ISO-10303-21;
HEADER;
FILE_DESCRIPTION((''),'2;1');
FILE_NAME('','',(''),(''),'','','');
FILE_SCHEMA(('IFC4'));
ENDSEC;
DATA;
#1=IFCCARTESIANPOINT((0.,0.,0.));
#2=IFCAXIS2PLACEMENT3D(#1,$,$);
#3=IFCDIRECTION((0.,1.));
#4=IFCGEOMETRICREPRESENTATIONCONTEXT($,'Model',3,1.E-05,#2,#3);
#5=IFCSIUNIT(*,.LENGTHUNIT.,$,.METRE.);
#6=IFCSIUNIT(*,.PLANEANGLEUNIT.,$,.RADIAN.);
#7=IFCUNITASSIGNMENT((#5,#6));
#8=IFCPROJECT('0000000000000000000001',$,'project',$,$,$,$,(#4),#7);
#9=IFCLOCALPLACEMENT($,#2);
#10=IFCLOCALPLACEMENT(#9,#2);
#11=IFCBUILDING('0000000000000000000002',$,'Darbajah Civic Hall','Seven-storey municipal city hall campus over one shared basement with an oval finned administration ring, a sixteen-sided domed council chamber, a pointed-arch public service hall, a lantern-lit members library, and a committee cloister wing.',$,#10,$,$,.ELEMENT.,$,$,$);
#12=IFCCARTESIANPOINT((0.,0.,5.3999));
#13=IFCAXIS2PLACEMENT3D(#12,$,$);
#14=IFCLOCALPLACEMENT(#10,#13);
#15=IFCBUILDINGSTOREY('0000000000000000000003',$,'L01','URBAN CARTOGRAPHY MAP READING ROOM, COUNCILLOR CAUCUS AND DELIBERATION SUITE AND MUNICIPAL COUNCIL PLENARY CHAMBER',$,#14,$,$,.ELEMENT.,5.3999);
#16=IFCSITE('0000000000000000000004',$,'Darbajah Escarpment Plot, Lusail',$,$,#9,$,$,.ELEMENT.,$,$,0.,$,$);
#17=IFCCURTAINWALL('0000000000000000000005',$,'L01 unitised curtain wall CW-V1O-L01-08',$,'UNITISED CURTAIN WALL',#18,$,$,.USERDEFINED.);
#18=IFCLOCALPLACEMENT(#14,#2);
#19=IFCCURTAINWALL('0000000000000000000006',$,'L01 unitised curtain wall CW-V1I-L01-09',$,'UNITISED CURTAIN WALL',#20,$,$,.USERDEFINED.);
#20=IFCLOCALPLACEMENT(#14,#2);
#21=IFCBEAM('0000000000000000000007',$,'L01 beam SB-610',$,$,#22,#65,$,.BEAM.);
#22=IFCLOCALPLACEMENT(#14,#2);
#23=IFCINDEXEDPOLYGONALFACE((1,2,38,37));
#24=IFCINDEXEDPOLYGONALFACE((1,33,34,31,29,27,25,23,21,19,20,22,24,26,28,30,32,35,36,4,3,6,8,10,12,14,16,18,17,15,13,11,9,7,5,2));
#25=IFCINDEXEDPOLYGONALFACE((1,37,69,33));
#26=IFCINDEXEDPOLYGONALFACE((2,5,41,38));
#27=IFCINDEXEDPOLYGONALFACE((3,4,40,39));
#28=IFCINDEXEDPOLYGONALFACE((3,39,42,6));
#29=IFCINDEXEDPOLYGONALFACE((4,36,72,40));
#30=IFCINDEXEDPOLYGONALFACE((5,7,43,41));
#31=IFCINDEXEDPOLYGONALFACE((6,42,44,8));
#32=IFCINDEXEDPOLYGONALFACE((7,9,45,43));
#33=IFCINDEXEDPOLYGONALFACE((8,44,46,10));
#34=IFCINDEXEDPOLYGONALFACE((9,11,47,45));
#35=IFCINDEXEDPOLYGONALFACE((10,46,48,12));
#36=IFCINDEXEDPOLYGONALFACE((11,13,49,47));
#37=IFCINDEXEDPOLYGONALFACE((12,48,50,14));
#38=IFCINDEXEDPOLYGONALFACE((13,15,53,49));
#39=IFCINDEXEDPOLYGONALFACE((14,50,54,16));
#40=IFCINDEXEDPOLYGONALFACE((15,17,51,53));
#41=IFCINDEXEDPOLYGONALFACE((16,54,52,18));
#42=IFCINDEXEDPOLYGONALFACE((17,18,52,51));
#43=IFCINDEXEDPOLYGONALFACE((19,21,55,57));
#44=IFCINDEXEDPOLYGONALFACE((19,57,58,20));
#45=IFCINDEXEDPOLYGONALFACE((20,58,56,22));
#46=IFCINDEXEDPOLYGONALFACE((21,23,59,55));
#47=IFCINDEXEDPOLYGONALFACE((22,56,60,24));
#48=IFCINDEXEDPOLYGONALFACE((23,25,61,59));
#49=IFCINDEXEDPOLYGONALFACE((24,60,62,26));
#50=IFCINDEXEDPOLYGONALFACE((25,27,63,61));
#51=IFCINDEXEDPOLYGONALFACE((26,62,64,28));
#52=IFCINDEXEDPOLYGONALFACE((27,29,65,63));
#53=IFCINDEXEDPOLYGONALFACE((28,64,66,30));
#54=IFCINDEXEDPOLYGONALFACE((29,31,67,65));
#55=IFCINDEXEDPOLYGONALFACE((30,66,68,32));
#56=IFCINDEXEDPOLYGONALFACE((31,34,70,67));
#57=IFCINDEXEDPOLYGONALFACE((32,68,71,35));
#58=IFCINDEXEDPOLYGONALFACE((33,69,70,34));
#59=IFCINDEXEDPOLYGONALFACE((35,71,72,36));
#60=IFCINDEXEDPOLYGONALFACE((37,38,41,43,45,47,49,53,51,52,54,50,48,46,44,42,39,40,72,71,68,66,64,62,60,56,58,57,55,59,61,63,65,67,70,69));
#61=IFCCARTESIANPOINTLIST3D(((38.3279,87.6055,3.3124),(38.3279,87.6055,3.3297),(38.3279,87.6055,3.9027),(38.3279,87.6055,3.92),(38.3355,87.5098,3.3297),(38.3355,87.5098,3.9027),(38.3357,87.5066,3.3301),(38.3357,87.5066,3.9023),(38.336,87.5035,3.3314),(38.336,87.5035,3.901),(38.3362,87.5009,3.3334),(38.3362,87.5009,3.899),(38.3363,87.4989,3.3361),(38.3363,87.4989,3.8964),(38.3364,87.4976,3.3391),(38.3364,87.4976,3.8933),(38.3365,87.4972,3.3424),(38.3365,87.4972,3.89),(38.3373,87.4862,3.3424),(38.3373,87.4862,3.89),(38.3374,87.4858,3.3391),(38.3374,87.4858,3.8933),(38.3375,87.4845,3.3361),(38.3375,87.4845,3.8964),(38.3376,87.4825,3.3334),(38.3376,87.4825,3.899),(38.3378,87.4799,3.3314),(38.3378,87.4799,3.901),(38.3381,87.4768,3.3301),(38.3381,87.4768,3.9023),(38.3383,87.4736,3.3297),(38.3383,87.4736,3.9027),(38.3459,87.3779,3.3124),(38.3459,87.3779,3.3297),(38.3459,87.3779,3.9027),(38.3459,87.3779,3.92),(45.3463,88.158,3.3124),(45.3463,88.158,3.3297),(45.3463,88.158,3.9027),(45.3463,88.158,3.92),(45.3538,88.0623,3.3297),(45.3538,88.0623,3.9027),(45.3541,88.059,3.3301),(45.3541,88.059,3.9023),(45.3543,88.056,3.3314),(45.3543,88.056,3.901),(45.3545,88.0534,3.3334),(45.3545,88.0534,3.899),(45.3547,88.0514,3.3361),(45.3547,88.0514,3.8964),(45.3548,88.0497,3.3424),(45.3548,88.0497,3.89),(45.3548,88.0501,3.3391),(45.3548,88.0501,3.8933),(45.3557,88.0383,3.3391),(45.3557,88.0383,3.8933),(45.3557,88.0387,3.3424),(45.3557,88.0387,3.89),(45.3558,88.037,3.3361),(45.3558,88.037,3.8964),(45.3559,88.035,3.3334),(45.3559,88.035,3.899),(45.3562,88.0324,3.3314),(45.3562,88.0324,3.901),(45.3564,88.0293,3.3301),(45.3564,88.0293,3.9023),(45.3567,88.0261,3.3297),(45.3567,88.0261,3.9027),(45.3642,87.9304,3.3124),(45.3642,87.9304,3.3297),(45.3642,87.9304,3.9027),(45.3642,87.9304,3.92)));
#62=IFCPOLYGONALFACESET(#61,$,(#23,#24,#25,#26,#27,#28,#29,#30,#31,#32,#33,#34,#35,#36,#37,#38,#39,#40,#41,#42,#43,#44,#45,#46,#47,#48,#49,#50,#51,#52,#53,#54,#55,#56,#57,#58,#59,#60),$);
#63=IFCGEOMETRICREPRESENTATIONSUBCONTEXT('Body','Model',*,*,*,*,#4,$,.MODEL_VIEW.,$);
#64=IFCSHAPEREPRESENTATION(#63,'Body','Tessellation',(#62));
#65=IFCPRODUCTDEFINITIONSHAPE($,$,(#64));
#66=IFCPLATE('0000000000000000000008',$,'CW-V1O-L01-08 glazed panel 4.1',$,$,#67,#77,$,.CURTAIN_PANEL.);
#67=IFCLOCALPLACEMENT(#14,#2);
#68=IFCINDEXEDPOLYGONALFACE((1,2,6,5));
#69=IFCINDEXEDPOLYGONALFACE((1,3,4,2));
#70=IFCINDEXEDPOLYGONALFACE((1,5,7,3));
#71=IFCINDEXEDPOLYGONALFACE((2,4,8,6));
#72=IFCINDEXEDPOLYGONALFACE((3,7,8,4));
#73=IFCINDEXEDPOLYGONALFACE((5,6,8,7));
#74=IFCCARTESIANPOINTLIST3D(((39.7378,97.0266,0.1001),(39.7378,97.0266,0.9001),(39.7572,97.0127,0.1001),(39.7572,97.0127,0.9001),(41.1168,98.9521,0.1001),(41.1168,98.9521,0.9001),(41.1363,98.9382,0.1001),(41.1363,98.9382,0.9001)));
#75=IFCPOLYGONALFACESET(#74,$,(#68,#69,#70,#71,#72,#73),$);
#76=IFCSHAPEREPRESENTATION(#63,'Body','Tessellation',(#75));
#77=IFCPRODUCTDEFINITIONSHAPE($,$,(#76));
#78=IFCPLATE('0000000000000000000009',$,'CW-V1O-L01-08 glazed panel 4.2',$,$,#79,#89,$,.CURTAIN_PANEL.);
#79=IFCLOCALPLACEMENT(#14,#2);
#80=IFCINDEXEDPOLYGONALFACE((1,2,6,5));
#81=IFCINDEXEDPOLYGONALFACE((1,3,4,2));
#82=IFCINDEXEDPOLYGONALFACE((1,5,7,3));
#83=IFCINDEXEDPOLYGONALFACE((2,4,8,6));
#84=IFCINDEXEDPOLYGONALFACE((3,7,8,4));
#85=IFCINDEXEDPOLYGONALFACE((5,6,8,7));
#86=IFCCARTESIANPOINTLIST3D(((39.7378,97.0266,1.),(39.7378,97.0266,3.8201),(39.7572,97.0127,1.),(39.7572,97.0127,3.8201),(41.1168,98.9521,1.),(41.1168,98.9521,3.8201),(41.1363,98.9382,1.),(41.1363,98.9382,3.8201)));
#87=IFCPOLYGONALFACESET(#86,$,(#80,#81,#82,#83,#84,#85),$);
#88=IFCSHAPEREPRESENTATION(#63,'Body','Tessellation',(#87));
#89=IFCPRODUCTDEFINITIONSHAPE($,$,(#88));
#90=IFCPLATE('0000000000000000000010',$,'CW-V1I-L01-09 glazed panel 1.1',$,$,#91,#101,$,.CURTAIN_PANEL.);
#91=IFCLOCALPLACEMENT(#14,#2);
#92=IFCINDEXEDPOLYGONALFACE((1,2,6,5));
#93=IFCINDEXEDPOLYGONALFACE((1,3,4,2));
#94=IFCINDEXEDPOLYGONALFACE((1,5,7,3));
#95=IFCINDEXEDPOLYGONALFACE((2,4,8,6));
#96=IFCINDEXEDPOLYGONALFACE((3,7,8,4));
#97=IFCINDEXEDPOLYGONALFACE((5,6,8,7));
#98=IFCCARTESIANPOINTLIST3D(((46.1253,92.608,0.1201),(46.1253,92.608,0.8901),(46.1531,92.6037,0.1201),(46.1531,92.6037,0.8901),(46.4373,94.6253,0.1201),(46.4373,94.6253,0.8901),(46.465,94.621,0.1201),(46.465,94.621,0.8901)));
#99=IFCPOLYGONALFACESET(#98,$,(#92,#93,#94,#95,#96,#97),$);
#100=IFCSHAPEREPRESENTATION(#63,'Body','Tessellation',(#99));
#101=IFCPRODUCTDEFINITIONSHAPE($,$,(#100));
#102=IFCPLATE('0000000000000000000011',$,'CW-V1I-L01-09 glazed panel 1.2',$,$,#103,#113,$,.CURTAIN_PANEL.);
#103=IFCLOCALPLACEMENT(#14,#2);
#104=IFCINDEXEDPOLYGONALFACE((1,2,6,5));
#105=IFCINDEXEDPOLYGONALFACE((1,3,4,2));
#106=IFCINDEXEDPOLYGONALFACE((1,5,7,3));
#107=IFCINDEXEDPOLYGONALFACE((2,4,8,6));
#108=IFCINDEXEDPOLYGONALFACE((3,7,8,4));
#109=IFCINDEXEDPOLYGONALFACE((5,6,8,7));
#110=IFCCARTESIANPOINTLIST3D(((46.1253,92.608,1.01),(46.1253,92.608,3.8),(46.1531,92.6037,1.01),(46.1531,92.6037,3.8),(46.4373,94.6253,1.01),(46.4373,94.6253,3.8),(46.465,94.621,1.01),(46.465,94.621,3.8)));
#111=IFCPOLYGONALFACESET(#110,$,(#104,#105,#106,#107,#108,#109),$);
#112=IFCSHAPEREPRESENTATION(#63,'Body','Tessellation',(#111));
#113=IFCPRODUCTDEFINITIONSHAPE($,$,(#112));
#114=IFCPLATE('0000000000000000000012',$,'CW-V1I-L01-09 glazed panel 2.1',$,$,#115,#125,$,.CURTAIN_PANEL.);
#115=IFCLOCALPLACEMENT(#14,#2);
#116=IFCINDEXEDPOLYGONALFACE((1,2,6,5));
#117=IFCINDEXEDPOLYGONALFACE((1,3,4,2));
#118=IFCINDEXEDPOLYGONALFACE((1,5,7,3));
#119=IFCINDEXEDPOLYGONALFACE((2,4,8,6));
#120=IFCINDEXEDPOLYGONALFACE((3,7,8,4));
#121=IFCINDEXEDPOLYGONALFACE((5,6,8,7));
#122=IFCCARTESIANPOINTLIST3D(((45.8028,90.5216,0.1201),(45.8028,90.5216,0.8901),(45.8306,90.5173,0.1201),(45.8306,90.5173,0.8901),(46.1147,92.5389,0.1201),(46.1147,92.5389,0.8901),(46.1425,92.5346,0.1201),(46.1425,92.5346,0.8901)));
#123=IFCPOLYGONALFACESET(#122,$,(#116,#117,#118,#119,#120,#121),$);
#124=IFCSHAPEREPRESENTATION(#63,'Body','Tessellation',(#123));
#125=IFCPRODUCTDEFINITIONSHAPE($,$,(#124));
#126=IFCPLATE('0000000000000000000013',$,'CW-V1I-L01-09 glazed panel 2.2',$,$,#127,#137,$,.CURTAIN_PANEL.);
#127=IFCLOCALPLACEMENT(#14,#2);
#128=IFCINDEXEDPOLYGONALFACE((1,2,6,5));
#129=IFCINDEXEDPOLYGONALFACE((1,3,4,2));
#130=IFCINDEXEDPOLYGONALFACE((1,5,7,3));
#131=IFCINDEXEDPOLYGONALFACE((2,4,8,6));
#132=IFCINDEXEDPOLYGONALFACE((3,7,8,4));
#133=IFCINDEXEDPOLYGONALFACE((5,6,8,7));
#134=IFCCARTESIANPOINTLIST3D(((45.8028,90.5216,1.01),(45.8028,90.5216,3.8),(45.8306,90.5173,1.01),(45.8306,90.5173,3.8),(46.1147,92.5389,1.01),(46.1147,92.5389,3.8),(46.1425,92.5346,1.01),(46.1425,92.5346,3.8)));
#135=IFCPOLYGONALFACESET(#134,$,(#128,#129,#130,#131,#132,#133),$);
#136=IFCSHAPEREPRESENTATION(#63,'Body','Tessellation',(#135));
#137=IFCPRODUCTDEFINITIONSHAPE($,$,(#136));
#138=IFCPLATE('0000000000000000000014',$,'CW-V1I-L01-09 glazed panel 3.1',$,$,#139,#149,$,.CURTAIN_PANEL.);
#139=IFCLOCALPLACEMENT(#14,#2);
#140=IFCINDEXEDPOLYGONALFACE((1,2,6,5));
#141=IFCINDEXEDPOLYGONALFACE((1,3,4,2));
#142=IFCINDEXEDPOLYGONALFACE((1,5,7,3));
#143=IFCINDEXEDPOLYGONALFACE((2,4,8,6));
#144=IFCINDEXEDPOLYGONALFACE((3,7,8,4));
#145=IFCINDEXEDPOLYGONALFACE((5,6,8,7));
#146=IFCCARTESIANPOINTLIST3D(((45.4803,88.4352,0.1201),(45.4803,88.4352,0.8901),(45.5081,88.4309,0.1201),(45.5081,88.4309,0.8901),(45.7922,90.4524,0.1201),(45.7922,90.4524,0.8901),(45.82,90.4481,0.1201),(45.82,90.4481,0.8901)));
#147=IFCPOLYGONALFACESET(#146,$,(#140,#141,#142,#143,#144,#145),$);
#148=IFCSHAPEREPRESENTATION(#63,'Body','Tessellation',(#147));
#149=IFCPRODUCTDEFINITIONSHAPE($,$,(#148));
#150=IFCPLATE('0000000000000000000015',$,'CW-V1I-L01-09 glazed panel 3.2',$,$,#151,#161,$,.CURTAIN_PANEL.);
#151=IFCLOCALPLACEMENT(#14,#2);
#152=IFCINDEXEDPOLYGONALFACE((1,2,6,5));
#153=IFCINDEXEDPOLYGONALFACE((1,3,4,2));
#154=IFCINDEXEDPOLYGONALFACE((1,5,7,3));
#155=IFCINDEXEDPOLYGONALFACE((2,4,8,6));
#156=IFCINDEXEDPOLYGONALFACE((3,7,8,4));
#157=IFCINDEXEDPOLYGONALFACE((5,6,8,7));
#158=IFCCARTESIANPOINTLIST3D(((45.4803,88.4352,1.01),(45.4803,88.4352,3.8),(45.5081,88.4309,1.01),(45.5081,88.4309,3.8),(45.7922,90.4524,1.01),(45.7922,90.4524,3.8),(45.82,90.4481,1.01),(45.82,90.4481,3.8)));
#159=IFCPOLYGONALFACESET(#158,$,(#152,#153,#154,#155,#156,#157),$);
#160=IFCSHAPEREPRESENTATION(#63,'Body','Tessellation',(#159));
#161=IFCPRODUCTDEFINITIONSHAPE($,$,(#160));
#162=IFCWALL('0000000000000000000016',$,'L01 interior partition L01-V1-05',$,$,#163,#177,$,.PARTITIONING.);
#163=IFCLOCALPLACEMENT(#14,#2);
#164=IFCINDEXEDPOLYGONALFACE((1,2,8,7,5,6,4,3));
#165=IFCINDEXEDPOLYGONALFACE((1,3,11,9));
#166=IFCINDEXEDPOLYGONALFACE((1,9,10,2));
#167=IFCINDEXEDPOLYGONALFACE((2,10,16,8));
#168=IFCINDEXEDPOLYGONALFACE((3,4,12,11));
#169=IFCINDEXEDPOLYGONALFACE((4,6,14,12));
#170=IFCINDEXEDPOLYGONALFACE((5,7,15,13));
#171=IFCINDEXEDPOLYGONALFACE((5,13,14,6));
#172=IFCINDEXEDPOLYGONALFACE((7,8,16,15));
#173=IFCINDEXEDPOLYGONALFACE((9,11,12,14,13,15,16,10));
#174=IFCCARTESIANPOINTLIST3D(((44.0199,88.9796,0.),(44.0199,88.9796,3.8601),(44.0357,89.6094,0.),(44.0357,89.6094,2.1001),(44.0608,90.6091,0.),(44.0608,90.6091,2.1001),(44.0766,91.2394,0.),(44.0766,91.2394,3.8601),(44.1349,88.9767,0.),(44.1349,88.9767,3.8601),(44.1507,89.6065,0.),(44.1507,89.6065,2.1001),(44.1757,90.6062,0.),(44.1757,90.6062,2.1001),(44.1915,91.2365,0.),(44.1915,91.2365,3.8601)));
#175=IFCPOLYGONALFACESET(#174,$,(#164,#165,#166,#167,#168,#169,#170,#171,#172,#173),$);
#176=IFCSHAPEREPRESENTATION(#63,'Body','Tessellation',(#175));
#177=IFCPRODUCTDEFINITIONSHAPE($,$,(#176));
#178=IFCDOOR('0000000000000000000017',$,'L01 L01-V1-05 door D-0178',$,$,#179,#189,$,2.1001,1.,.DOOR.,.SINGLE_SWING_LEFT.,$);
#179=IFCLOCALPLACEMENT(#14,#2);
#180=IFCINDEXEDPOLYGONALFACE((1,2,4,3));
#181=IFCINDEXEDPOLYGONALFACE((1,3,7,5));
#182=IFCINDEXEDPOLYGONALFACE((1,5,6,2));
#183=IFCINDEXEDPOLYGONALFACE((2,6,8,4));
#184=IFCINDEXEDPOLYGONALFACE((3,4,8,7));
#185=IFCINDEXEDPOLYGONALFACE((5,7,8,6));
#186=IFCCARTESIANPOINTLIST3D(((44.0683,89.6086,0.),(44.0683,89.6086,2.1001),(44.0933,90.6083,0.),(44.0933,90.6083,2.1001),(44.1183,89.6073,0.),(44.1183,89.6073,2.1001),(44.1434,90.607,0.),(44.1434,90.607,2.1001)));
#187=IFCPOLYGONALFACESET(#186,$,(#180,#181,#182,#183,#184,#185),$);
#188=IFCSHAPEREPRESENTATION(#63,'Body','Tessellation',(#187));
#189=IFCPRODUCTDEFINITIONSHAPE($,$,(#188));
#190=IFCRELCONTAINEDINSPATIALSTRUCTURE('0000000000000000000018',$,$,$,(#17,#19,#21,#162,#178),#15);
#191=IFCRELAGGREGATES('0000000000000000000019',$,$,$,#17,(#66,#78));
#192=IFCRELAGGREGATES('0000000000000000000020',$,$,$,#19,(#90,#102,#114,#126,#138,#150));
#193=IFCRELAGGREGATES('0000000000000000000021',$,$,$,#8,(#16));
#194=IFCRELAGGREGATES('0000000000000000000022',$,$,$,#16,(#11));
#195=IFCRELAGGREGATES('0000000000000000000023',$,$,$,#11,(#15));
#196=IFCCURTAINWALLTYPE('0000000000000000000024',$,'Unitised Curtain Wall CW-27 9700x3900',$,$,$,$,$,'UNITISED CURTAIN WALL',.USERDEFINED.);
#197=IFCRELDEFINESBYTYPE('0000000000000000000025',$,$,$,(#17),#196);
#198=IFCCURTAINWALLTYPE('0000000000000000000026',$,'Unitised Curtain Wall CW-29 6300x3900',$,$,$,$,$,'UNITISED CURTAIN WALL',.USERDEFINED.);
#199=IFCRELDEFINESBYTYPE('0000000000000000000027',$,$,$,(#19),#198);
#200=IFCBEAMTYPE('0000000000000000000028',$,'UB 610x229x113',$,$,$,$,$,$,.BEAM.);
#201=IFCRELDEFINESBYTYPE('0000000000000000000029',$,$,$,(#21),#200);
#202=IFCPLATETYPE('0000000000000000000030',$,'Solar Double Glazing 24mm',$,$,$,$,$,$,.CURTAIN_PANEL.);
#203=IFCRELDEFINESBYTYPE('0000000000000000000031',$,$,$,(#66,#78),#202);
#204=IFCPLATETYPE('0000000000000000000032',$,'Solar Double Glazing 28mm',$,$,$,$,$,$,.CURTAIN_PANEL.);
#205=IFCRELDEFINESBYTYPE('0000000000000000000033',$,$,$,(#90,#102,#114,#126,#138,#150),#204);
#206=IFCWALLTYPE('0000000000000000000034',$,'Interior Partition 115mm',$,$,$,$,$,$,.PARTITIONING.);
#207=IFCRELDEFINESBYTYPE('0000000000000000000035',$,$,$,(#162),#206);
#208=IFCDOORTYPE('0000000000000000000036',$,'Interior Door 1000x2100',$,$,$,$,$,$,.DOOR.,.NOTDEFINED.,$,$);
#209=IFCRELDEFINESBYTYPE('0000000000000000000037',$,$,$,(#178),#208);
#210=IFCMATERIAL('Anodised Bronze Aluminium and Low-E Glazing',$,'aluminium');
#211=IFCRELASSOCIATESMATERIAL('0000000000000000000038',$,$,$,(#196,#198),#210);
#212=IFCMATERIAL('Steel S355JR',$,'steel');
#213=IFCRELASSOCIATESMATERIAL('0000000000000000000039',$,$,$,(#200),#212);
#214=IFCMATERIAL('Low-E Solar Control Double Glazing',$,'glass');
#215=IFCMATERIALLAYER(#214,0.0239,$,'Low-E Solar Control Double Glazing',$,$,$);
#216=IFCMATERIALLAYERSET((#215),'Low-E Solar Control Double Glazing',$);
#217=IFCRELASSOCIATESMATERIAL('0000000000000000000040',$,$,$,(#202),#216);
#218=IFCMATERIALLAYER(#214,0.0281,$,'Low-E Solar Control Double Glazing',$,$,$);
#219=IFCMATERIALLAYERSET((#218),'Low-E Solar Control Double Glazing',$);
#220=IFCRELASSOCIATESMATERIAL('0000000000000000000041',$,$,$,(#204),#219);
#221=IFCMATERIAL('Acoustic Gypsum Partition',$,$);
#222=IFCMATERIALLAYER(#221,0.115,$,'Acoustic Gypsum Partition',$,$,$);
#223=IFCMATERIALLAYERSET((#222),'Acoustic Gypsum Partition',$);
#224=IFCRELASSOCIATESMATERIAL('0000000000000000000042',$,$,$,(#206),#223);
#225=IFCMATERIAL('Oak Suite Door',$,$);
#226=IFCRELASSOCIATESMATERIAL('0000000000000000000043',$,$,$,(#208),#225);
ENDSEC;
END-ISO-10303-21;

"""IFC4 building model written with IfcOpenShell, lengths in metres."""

from ifc_helpers import new_model, si_unit, direction, frame, frame_2d, origin, origin_2d, place, context, subcontext, project, spatial, rectangle, i_section, extrude, material, layer, layer_set, material_profile, profile_set, type_object, element, fill, aggregate, save


model = new_model("IFC4")

# Units and contexts
model_context = context("Model", 3, precision=1e-05, world=origin(), true_north=direction((0.0, 1.0)))
body_context = subcontext(model_context, "Body", "Model", "MODEL_VIEW")
ifc_project = project(units=[si_unit("LENGTHUNIT", "METRE"), si_unit("PLANEANGLEUNIT", "RADIAN")], contexts=[model_context])

# Site, building, storey
site_placement = place(None, origin())
site = spatial("IfcSite", under=ifc_project, at=site_placement, Name="Darbajah Escarpment Plot, Lusail", CompositionType="ELEMENT", RefElevation=0.0)
building_placement = place(site_placement, origin())
building = spatial("IfcBuilding", under=site, at=building_placement, Name="Darbajah Civic Hall", Description="Seven-storey municipal city hall campus over one shared basement with an oval finned administration ring, a sixteen-sided domed council chamber, a pointed-arch public service hall, a lantern-lit members library, and a committee cloister wing.", CompositionType="ELEMENT")
storey_placement = place(building_placement, frame((0.0, 0.0, 5.3999)))
storey = spatial("IfcBuildingStorey", under=building, at=storey_placement, Name="L01", Description="URBAN CARTOGRAPHY MAP READING ROOM, COUNCILLOR CAUCUS AND DELIBERATION SUITE AND MUNICIPAL COUNCIL PLENARY CHAMBER", CompositionType="ELEMENT", Elevation=5.3999)

# Curtain wall
ifc_material_1 = material(Name="Anodised Bronze Aluminium and Low-E Glazing", Category="aluminium")
curtain_wall_type_1 = type_object("IfcCurtainWallType", Name="Unitised Curtain Wall CW-27 9700x3900", ElementType="UNITISED CURTAIN WALL", PredefinedType="USERDEFINED", material=ifc_material_1)
curtain_wall_1_placement = place(storey_placement, origin())
curtain_wall_1 = element("IfcCurtainWall", 1, at=curtain_wall_1_placement, inside=storey, type_object=curtain_wall_type_1, Name="L01 unitised curtain wall CW-V1O-L01-08", ObjectType="UNITISED CURTAIN WALL", PredefinedType="USERDEFINED")

# Curtain wall
curtain_wall_type_2 = type_object("IfcCurtainWallType", Name="Unitised Curtain Wall CW-29 6300x3900", ElementType="UNITISED CURTAIN WALL", PredefinedType="USERDEFINED", material=ifc_material_1)
curtain_wall_2_placement = place(storey_placement, origin())
curtain_wall_2 = element("IfcCurtainWall", 2, at=curtain_wall_2_placement, inside=storey, type_object=curtain_wall_type_2, Name="L01 unitised curtain wall CW-V1I-L01-09", ObjectType="UNITISED CURTAIN WALL", PredefinedType="USERDEFINED")

# Beam
ifc_material_2 = material(Name="Steel S355JR", Category="steel")
ifc_material_profile_1 = material_profile(ifc_material_2, i_section(OverallWidth=0.2283, OverallDepth=0.6077, WebThickness=0.011, FlangeThickness=0.0173, FilletRadius=0.0127, at=origin_2d()), Name="UB 610x229x113")
ifc_profile_set_1 = profile_set([ifc_material_profile_1], Name="Steel S355JR")
beam_type_1 = type_object("IfcBeamType", Name="UB 610x229x113", PredefinedType="BEAM", material=ifc_profile_set_1)
for number, where, z_axis, x_axis, name in (
    (3, (45.3552, 88.0442, 3.6162), (-0.996916, -0.078478, 0.0), (0.078478, -0.996916, 0.0), "L01 beam SB-610"),
):
    element("IfcBeam", number, at=place(storey_placement, frame(where, z_axis=z_axis, x_axis=x_axis)), inside=storey, type_object=beam_type_1, Name=name, PredefinedType="BEAM", context=body_context, shape_type="SweptSolid", body=[
        extrude(i_section(OverallWidth=0.2283, OverallDepth=0.6077, WebThickness=0.011, FlangeThickness=0.0173, FilletRadius=0.0127, at=origin_2d()), origin(), (0.0, 0.0, 1.0), 7.04),
    ])

# Plates
ifc_material_3 = material(Name="Low-E Solar Control Double Glazing", Category="glass")
ifc_layer_1 = layer(ifc_material_3, 0.0239, Name="Low-E Solar Control Double Glazing")
ifc_layer_set_1 = layer_set([ifc_layer_1], Name="Low-E Solar Control Double Glazing")
plate_type_1 = type_object("IfcPlateType", Name="Solar Double Glazing 24mm", PredefinedType="CURTAIN_PANEL", material=ifc_layer_set_1)
plate_1_placement = place(storey_placement, frame((40.437, 97.9824, 0.1001), z_axis=(0.0, 0.0, 1.0), x_axis=(-0.582265, -0.812999, 0.0)))
plate_1 = element("IfcPlate", 4, at=plate_1_placement, type_object=plate_type_1, Name="CW-V1O-L01-08 glazed panel 4.1", PredefinedType="CURTAIN_PANEL", context=body_context, shape_type="SweptSolid", body=[
    extrude(rectangle(XDim=2.3684, YDim=0.0239, at=origin_2d()), origin(), (0.0, 0.0, 1.0), 0.8),
])
plate_2_placement = place(storey_placement, frame((40.437, 97.9824, 1.0), z_axis=(0.0, 0.0, 1.0), x_axis=(-0.582265, -0.812999, 0.0)))
plate_2 = element("IfcPlate", 5, at=plate_2_placement, type_object=plate_type_1, Name="CW-V1O-L01-08 glazed panel 4.2", PredefinedType="CURTAIN_PANEL", context=body_context, shape_type="SweptSolid", body=[
    extrude(rectangle(XDim=2.3684, YDim=0.0239, at=origin_2d()), origin(), (0.0, 0.0, 1.0), 2.8201),
])
aggregate(curtain_wall_1, [plate_1, plate_2])
ifc_layer_2 = layer(ifc_material_3, 0.0281, Name="Low-E Solar Control Double Glazing")
ifc_layer_set_2 = layer_set([ifc_layer_2], Name="Low-E Solar Control Double Glazing")
plate_type_2 = type_object("IfcPlateType", Name="Solar Double Glazing 28mm", PredefinedType="CURTAIN_PANEL", material=ifc_layer_set_2)
plate_3_placement = place(storey_placement, frame((46.2952, 93.6145, 0.1201), z_axis=(0.0, 0.0, 1.0), x_axis=(-0.152813, -0.988255, 0.0)))
plate_3 = element("IfcPlate", 6, at=plate_3_placement, type_object=plate_type_2, Name="CW-V1I-L01-09 glazed panel 1.1", PredefinedType="CURTAIN_PANEL", context=body_context, shape_type="SweptSolid", body=[
    extrude(rectangle(XDim=2.0413, YDim=0.0281, at=origin_2d()), origin(), (0.0, 0.0, 1.0), 0.77),
])
plate_4_placement = place(storey_placement, frame((46.2952, 93.6145, 1.01), z_axis=(0.0, 0.0, 1.0), x_axis=(-0.152813, -0.988255, 0.0)))
plate_4 = element("IfcPlate", 7, at=plate_4_placement, type_object=plate_type_2, Name="CW-V1I-L01-09 glazed panel 1.2", PredefinedType="CURTAIN_PANEL", context=body_context, shape_type="SweptSolid", body=[
    extrude(rectangle(XDim=2.0413, YDim=0.0281, at=origin_2d()), origin(), (0.0, 0.0, 1.0), 2.79),
])
plate_5_placement = place(storey_placement, frame((45.9727, 91.5281, 0.1201), z_axis=(0.0, 0.0, 1.0), x_axis=(-0.152813, -0.988255, 0.0)))
plate_5 = element("IfcPlate", 8, at=plate_5_placement, type_object=plate_type_2, Name="CW-V1I-L01-09 glazed panel 2.1", PredefinedType="CURTAIN_PANEL", context=body_context, shape_type="SweptSolid", body=[
    extrude(rectangle(XDim=2.0413, YDim=0.0281, at=origin_2d()), origin(), (0.0, 0.0, 1.0), 0.77),
])
plate_6_placement = place(storey_placement, frame((45.9727, 91.5281, 1.01), z_axis=(0.0, 0.0, 1.0), x_axis=(-0.152813, -0.988255, 0.0)))
plate_6 = element("IfcPlate", 9, at=plate_6_placement, type_object=plate_type_2, Name="CW-V1I-L01-09 glazed panel 2.2", PredefinedType="CURTAIN_PANEL", context=body_context, shape_type="SweptSolid", body=[
    extrude(rectangle(XDim=2.0413, YDim=0.0281, at=origin_2d()), origin(), (0.0, 0.0, 1.0), 2.79),
])
plate_7_placement = place(storey_placement, frame((45.6501, 89.4417, 0.1201), z_axis=(0.0, 0.0, 1.0), x_axis=(-0.152813, -0.988255, 0.0)))
plate_7 = element("IfcPlate", 10, at=plate_7_placement, type_object=plate_type_2, Name="CW-V1I-L01-09 glazed panel 3.1", PredefinedType="CURTAIN_PANEL", context=body_context, shape_type="SweptSolid", body=[
    extrude(rectangle(XDim=2.0413, YDim=0.0281, at=origin_2d()), origin(), (0.0, 0.0, 1.0), 0.77),
])
plate_8_placement = place(storey_placement, frame((45.6501, 89.4417, 1.01), z_axis=(0.0, 0.0, 1.0), x_axis=(-0.152813, -0.988255, 0.0)))
plate_8 = element("IfcPlate", 11, at=plate_8_placement, type_object=plate_type_2, Name="CW-V1I-L01-09 glazed panel 3.2", PredefinedType="CURTAIN_PANEL", context=body_context, shape_type="SweptSolid", body=[
    extrude(rectangle(XDim=2.0413, YDim=0.0281, at=origin_2d()), origin(), (0.0, 0.0, 1.0), 2.79),
])
aggregate(curtain_wall_2, [plate_3, plate_4, plate_5, plate_6, plate_7, plate_8])

# Wall, opening, door
ifc_material_4 = material(Name="Acoustic Gypsum Partition")
ifc_layer_3 = layer(ifc_material_4, 0.115, Name="Acoustic Gypsum Partition")
ifc_layer_set_3 = layer_set([ifc_layer_3], Name="Acoustic Gypsum Partition")
wall_type = type_object("IfcWallType", Name="Interior Partition 115mm", PredefinedType="PARTITIONING", material=ifc_layer_set_3)
wall_placement = place(storey_placement, frame((44.0774, 88.978, 0.0), z_axis=(0.0, 0.0, 1.0), x_axis=(0.025057, 0.999686, 0.0)))
wall = element("IfcWall", 12, at=wall_placement, inside=storey, type_object=wall_type, Name="L01 interior partition L01-V1-05", PredefinedType="PARTITIONING", context=body_context, shape_type="SweptSolid", body=[
    extrude(rectangle(XDim=2.2605, YDim=0.115, at=frame_2d((1.1304, 0.0))), origin(), (0.0, 0.0, 1.0), 3.8601),
])
opening_placement = place(wall_placement, frame((0.6301, 0.0, 0.0)))
opening = element("IfcOpeningElement", 13, at=opening_placement, cuts=wall, PredefinedType="OPENING", context=body_context, shape_type="SweptSolid", body=[
    extrude(rectangle(XDim=1.0, YDim=2.1001, at=frame_2d((0.5, 1.05))), frame((0.0, 0.0674, 0.0), z_axis=(0.0, -1.0, 0.0), x_axis=(1.0, 0.0, 0.0)), (0.0, 0.0, 1.0), 0.135),
])
ifc_material_5 = material(Name="Oak Suite Door")
door_type = type_object("IfcDoorType", Name="Interior Door 1000x2100", OperationType="NOTDEFINED", PredefinedType="DOOR", material=ifc_material_5)
door_placement = place(opening_placement, origin())
door = element("IfcDoor", 14, at=door_placement, inside=storey, type_object=door_type, Name="L01 L01-V1-05 door D-0178", OperationType="SINGLE_SWING_LEFT", OverallHeight=2.1001, OverallWidth=1.0, PredefinedType="DOOR", context=body_context, shape_type="SweptSolid", body=[
    extrude(rectangle(XDim=1.0, YDim=2.1001, at=frame_2d((0.5, 1.05))), frame((0.0, 0.0249, 0.0), z_axis=(0.0, -1.0, 0.0), x_axis=(1.0, 0.0, 0.0)), (0.0, 0.0, 1.0), 0.05),
])
fill(opening, door)

save(model, "model.ifc")
